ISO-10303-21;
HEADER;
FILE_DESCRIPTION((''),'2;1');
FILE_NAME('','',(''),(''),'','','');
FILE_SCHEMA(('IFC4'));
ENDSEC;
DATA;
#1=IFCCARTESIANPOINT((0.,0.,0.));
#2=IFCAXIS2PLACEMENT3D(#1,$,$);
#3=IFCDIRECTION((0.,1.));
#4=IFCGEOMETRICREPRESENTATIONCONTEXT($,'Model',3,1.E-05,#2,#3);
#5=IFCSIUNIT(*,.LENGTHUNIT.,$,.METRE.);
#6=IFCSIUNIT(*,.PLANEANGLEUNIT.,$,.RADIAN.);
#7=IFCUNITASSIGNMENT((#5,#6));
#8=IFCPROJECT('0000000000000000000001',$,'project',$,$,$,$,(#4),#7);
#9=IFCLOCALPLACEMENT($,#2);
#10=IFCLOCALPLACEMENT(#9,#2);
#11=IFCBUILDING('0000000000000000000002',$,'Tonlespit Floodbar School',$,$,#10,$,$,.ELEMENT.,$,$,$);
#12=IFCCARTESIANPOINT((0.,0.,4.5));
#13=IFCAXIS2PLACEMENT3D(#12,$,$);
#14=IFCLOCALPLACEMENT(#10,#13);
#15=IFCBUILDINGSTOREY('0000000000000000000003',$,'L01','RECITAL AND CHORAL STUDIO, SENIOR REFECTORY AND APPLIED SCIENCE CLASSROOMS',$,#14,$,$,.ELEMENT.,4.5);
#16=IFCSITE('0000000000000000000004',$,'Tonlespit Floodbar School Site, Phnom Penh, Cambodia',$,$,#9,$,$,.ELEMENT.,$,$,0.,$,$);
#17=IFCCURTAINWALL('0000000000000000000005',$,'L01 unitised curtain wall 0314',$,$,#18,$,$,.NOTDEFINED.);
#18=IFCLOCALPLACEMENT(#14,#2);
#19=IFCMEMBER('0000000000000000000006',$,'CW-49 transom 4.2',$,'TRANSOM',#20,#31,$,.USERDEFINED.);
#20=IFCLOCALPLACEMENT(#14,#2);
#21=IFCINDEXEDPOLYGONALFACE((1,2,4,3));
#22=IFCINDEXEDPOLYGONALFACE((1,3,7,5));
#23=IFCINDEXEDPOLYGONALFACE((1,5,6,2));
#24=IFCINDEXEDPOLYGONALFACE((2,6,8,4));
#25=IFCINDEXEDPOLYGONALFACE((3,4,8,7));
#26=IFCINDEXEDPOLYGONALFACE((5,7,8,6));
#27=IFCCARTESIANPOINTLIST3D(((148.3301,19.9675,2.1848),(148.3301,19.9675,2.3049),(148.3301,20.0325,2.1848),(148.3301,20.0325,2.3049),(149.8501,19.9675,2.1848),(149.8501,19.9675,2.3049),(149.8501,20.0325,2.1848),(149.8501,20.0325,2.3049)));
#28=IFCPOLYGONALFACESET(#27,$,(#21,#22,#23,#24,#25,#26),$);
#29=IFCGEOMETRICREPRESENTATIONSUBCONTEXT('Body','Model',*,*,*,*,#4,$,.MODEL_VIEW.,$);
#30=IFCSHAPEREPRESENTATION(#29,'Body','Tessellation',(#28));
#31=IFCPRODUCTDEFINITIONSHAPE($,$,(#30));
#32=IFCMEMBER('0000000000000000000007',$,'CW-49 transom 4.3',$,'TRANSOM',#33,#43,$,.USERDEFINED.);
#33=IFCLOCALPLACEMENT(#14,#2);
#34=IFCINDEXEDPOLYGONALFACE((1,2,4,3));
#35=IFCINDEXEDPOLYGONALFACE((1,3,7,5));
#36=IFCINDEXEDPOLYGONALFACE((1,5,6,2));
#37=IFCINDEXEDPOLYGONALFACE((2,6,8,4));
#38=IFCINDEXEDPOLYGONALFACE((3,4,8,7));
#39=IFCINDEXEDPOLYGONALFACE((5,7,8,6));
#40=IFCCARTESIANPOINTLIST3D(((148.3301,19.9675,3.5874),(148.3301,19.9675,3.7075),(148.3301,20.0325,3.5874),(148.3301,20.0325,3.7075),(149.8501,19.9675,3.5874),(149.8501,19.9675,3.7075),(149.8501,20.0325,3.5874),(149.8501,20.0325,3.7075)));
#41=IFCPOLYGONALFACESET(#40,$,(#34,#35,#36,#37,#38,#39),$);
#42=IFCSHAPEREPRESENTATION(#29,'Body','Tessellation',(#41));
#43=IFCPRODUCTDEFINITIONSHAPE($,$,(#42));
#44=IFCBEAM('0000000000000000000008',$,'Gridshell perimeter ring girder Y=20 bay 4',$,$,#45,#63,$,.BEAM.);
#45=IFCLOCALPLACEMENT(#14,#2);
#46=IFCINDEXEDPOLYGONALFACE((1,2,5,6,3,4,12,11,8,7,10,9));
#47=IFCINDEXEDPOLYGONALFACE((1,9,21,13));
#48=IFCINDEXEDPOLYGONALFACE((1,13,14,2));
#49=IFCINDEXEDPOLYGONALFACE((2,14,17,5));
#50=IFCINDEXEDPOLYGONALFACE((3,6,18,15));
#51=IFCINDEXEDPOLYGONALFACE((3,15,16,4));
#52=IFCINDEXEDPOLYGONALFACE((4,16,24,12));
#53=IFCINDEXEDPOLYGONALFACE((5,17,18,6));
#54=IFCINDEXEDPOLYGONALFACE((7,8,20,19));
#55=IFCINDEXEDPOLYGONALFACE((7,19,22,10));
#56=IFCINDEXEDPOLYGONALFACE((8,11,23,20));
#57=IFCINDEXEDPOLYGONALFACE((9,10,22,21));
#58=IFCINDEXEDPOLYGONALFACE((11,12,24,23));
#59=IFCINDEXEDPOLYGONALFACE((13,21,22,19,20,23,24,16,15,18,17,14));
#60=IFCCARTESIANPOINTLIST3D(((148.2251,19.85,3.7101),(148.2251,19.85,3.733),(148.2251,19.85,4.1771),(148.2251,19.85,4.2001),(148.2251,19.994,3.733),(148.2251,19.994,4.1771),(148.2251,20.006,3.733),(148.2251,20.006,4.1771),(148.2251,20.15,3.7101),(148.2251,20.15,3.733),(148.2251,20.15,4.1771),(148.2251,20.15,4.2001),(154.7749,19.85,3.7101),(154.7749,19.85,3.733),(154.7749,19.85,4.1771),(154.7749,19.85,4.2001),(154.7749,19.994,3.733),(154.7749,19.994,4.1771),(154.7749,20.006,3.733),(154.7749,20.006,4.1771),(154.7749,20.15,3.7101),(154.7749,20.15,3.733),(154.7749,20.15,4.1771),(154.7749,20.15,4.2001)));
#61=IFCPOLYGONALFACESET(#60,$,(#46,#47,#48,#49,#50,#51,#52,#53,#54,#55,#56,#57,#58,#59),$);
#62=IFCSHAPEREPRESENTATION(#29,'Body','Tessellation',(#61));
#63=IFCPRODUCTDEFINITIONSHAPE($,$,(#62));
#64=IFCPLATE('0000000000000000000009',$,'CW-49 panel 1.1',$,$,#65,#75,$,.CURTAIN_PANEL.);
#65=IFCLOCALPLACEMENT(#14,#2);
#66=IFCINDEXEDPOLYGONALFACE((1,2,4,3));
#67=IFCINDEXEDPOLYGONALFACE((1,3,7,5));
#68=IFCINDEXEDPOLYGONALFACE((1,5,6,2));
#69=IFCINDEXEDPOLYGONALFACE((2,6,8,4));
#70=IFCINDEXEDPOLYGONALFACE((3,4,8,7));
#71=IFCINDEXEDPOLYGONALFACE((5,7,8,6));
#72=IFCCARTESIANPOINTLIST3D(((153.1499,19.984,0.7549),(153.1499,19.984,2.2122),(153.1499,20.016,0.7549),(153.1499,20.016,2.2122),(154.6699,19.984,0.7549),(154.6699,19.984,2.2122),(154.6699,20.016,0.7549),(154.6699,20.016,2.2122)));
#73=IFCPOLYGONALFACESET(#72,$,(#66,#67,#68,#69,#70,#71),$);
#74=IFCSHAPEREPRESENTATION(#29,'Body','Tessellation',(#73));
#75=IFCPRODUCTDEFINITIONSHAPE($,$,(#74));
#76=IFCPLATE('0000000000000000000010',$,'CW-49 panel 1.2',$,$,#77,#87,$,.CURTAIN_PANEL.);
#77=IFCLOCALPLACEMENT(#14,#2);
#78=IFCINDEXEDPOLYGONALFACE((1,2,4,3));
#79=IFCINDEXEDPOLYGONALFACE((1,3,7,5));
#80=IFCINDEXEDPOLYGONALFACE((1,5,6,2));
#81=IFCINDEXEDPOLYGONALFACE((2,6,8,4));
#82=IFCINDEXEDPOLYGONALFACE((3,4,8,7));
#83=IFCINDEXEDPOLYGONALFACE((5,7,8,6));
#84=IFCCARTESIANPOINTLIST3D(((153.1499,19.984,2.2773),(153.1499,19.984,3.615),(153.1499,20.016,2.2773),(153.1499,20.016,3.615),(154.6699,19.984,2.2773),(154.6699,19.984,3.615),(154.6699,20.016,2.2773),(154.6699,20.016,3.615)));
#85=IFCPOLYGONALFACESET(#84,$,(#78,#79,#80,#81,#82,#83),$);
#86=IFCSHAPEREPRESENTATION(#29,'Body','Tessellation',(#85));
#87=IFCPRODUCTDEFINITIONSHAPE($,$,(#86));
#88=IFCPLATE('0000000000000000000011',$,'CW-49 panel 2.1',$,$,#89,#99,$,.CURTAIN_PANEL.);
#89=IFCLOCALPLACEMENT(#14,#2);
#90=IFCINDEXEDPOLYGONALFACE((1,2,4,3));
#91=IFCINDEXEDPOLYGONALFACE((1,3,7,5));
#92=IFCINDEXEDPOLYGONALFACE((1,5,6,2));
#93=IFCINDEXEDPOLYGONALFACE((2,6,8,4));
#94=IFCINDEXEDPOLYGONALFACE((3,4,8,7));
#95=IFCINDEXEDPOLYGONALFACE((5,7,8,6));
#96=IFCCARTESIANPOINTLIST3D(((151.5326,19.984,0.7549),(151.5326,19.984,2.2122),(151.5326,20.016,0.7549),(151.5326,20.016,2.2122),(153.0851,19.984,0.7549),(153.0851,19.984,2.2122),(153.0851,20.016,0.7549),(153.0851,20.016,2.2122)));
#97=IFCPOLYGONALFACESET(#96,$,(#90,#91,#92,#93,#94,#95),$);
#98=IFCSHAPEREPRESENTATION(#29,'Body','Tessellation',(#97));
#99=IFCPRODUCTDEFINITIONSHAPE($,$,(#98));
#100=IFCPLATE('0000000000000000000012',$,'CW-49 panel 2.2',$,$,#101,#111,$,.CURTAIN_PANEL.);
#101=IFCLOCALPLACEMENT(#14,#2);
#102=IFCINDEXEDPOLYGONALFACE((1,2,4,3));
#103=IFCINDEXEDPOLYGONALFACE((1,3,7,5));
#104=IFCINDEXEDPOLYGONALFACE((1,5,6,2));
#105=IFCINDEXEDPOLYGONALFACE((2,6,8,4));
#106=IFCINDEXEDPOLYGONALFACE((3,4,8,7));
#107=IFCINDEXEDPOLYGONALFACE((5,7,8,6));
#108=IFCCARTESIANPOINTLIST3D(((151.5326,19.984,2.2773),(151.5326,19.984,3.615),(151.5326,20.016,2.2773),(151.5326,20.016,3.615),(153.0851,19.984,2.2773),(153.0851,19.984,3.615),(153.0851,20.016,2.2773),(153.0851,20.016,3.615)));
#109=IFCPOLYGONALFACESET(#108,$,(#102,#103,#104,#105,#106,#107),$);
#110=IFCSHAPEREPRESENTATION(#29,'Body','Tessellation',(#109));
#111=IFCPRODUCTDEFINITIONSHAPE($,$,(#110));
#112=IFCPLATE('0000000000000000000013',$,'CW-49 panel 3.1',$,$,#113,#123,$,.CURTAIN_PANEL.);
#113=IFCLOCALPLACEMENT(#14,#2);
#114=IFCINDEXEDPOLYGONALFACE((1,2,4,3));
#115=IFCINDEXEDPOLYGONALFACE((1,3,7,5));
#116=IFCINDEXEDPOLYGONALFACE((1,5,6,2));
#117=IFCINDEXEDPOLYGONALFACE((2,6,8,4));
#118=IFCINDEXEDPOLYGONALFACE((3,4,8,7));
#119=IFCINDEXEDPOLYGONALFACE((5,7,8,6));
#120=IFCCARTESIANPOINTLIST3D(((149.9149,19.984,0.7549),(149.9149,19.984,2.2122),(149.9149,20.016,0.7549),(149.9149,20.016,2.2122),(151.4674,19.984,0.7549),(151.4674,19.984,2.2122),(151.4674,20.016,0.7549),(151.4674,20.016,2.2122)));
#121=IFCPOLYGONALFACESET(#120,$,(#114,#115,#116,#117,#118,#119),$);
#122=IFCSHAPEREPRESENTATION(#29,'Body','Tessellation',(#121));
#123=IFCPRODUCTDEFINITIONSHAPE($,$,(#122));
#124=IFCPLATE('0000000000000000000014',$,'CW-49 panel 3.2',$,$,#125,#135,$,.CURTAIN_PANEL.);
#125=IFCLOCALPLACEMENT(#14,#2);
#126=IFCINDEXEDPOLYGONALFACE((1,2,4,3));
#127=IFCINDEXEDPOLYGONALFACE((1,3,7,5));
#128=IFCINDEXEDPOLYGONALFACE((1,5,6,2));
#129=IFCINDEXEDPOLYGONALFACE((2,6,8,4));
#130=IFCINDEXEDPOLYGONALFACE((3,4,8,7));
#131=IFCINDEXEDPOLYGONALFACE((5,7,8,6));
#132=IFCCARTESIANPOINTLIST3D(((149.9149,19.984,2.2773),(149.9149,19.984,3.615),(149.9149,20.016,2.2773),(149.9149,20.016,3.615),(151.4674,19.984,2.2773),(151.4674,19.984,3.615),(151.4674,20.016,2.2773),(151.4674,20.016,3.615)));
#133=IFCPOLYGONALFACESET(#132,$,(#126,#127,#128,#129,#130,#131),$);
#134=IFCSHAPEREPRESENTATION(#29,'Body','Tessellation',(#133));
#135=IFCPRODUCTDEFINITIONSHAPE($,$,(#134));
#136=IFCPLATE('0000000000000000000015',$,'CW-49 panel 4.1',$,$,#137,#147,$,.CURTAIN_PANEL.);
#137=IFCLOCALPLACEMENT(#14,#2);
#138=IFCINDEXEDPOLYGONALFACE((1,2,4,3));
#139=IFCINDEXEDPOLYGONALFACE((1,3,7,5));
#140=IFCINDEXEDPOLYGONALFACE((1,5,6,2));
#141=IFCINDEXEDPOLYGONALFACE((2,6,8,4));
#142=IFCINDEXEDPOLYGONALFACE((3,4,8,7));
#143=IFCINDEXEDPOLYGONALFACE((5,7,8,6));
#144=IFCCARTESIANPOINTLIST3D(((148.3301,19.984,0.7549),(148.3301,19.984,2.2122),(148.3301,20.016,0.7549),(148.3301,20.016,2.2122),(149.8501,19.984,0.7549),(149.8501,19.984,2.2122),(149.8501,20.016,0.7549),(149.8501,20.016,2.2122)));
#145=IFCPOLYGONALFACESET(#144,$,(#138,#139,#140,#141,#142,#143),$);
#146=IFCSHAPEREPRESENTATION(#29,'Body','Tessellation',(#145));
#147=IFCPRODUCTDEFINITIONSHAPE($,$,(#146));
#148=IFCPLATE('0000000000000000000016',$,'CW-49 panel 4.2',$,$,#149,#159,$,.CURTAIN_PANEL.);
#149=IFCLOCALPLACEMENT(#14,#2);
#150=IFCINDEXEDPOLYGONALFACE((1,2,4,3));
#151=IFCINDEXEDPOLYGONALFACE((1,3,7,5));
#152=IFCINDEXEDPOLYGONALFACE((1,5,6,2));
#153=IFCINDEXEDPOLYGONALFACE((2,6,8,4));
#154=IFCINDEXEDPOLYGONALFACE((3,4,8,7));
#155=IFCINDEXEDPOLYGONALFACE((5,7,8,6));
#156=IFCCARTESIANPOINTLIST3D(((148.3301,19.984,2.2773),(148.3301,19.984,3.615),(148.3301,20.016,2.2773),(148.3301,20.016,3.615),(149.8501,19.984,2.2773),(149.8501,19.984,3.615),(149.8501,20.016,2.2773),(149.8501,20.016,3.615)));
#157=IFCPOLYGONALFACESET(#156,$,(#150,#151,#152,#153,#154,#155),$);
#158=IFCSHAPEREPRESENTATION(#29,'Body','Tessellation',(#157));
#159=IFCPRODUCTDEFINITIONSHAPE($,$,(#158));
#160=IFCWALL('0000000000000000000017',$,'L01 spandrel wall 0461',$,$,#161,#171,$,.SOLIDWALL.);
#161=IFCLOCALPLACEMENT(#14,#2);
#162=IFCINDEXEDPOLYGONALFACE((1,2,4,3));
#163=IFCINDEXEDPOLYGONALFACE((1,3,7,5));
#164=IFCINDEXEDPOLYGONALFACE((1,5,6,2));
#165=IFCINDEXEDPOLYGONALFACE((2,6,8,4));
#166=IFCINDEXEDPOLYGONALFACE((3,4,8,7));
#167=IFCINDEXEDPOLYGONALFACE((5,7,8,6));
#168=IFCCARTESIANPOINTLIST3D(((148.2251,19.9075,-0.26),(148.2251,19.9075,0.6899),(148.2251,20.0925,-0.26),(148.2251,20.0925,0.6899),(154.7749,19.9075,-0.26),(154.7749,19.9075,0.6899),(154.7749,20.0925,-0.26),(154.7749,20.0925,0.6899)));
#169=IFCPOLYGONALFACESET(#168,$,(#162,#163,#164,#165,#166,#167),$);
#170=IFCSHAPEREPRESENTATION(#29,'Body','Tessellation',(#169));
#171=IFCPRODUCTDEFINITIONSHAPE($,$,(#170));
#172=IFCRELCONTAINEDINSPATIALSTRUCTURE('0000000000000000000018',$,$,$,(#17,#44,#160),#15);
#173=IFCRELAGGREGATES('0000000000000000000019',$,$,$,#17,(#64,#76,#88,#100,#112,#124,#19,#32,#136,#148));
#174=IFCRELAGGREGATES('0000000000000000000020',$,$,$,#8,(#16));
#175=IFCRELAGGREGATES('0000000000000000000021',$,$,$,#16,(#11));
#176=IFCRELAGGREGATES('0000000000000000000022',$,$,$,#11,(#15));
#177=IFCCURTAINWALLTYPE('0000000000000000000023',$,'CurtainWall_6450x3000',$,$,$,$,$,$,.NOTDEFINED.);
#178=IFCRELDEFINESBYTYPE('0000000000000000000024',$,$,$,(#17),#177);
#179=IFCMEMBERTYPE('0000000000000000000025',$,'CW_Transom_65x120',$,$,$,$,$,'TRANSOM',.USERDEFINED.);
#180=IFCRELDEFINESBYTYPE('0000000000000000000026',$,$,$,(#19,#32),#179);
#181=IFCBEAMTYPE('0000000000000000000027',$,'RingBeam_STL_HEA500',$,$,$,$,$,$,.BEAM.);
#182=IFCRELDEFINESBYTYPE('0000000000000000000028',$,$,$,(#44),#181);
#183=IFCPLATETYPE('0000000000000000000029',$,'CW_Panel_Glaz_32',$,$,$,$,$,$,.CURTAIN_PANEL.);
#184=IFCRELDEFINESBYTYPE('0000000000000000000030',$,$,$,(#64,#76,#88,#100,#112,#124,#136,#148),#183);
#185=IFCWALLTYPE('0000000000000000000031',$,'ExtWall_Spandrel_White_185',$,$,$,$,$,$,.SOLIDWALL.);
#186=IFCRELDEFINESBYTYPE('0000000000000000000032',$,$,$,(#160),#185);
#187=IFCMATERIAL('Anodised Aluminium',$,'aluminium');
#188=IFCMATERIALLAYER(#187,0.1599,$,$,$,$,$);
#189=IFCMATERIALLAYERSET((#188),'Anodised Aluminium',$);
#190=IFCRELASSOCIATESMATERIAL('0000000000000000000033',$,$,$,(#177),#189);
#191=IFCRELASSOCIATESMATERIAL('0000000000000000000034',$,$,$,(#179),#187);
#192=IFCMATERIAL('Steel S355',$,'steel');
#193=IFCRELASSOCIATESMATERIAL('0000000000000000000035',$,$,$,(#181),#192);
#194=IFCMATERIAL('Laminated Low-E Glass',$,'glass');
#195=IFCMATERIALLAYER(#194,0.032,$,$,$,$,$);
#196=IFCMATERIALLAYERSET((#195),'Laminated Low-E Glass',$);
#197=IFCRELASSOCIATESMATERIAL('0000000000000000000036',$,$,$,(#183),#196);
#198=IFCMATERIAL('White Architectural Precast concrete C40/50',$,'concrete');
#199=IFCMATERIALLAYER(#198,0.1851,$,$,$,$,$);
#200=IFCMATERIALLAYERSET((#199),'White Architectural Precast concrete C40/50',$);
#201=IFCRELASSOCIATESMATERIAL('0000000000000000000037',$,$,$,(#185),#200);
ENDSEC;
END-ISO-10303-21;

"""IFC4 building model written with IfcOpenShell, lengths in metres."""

from ifc_helpers import new_model, si_unit, direction, frame, frame_2d, origin, origin_2d, place, context, subcontext, project, spatial, rectangle, i_section, extrude, material, layer, layer_set, material_profile, profile_set, type_object, element, aggregate, save


model = new_model("IFC4")

# Units and contexts
model_context = context("Model", 3, precision=1e-05, world=origin(), true_north=direction((0.0, 1.0)))
body_context = subcontext(model_context, "Body", "Model", "MODEL_VIEW")
ifc_project = project(units=[si_unit("LENGTHUNIT", "METRE"), si_unit("PLANEANGLEUNIT", "RADIAN")], contexts=[model_context])

# Site, building, storey
site_placement = place(None, origin())
site = spatial("IfcSite", under=ifc_project, at=site_placement, Name="Tonlespit Floodbar School Site, Phnom Penh, Cambodia", CompositionType="ELEMENT", RefElevation=0.0)
building_placement = place(site_placement, origin())
building = spatial("IfcBuilding", under=site, at=building_placement, Name="Tonlespit Floodbar School", CompositionType="ELEMENT")
storey_placement = place(building_placement, frame((0.0, 0.0, 4.5)))
storey = spatial("IfcBuildingStorey", under=building, at=storey_placement, Name="L01", Description="RECITAL AND CHORAL STUDIO, SENIOR REFECTORY AND APPLIED SCIENCE CLASSROOMS", CompositionType="ELEMENT", Elevation=4.5)

# Curtain wall, members
ifc_material_1 = material(Name="Anodised Aluminium", Category="aluminium")
ifc_layer_1 = layer(ifc_material_1, 0.1599)
ifc_layer_set_1 = layer_set([ifc_layer_1], Name="Anodised Aluminium")
curtain_wall_type = type_object("IfcCurtainWallType", Name="CurtainWall_6450x3000", PredefinedType="NOTDEFINED", material=ifc_layer_set_1)
curtain_wall_placement = place(storey_placement, origin())
curtain_wall = element("IfcCurtainWall", 1, at=curtain_wall_placement, inside=storey, type_object=curtain_wall_type, Name="L01 unitised curtain wall 0314", PredefinedType="NOTDEFINED")
ifc_material_profile_1 = material_profile(ifc_material_1, rectangle(XDim=0.0649, YDim=0.1201, at=origin_2d()), Name="ALU T65x120")
ifc_profile_set_1 = profile_set([ifc_material_profile_1], Name="Anodised Aluminium")
member_type_1 = type_object("IfcMemberType", Name="CW_Transom_65x120", ElementType="TRANSOM", PredefinedType="USERDEFINED", material=ifc_profile_set_1)
member_1_placement = place(storey_placement, frame((149.8501, 20.0, 2.2449), z_axis=(-1.0, 0.0, 0.0), x_axis=(0.0, -1.0, 0.0)))
member_1 = element("IfcMember", 2, at=member_1_placement, type_object=member_type_1, Name="CW-49 transom 4.2", ObjectType="TRANSOM", PredefinedType="USERDEFINED", context=body_context, shape_type="SweptSolid", body=[
    extrude(rectangle(XDim=0.0649, YDim=0.1201, at=origin_2d()), origin(), (0.0, 0.0, 1.0), 1.52),
])
member_2_placement = place(storey_placement, frame((149.8501, 20.0, 3.6475), z_axis=(-1.0, 0.0, 0.0), x_axis=(0.0, -1.0, 0.0)))
member_2 = element("IfcMember", 3, at=member_2_placement, type_object=member_type_1, Name="CW-49 transom 4.3", ObjectType="TRANSOM", PredefinedType="USERDEFINED", context=body_context, shape_type="SweptSolid", body=[
    extrude(rectangle(XDim=0.0649, YDim=0.1201, at=origin_2d()), origin(), (0.0, 0.0, 1.0), 1.52),
])

# Beam
ifc_material_2 = material(Name="Steel S355", Category="steel")
ifc_material_profile_2 = material_profile(ifc_material_2, i_section(OverallWidth=0.3, OverallDepth=0.49, WebThickness=0.012, FlangeThickness=0.0229, at=origin_2d()), Name="HEA 500")
ifc_profile_set_2 = profile_set([ifc_material_profile_2], Name="Steel S355")
beam_type = type_object("IfcBeamType", Name="RingBeam_STL_HEA500", PredefinedType="BEAM", material=ifc_profile_set_2)
beam_placement = place(storey_placement, frame((148.2251, 20.0, 3.9551), z_axis=(1.0, 0.0, 0.0), x_axis=(0.0, 1.0, 0.0)))
element("IfcBeam", 4, at=beam_placement, inside=storey, type_object=beam_type, Name="Gridshell perimeter ring girder Y=20 bay 4", PredefinedType="BEAM", context=body_context, shape_type="SweptSolid", body=[
    extrude(i_section(OverallWidth=0.3, OverallDepth=0.49, WebThickness=0.012, FlangeThickness=0.0229, at=origin_2d()), origin(), (0.0, 0.0, 1.0), 6.5498),
])

# Plates
ifc_material_3 = material(Name="Laminated Low-E Glass", Category="glass")
ifc_layer_2 = layer(ifc_material_3, 0.032)
ifc_layer_set_2 = layer_set([ifc_layer_2], Name="Laminated Low-E Glass")
plate_type = type_object("IfcPlateType", Name="CW_Panel_Glaz_32", PredefinedType="CURTAIN_PANEL", material=ifc_layer_set_2)
plate_1_placement = place(storey_placement, frame((153.9099, 20.0, 0.7549), z_axis=(0.0, 0.0, 1.0), x_axis=(-1.0, 0.0, 0.0)))
plate_1 = element("IfcPlate", 5, at=plate_1_placement, type_object=plate_type, Name="CW-49 panel 1.1", PredefinedType="CURTAIN_PANEL", context=body_context, shape_type="SweptSolid", body=[
    extrude(rectangle(XDim=1.52, YDim=0.032, at=origin_2d()), origin(), (0.0, 0.0, 1.0), 1.4573),
])
plate_2_placement = place(storey_placement, frame((153.9099, 20.0, 2.2773), z_axis=(0.0, 0.0, 1.0), x_axis=(-1.0, 0.0, 0.0)))
plate_2 = element("IfcPlate", 6, at=plate_2_placement, type_object=plate_type, Name="CW-49 panel 1.2", PredefinedType="CURTAIN_PANEL", context=body_context, shape_type="SweptSolid", body=[
    extrude(rectangle(XDim=1.52, YDim=0.032, at=origin_2d()), origin(), (0.0, 0.0, 1.0), 1.3376),
])
plate_3_placement = place(storey_placement, frame((152.3088, 20.0, 0.7549), z_axis=(0.0, 0.0, 1.0), x_axis=(-1.0, 0.0, 0.0)))
plate_3 = element("IfcPlate", 7, at=plate_3_placement, type_object=plate_type, Name="CW-49 panel 2.1", PredefinedType="CURTAIN_PANEL", context=body_context, shape_type="SweptSolid", body=[
    extrude(rectangle(XDim=1.5525, YDim=0.032, at=origin_2d()), origin(), (0.0, 0.0, 1.0), 1.4573),
])
plate_4_placement = place(storey_placement, frame((152.3088, 20.0, 2.2773), z_axis=(0.0, 0.0, 1.0), x_axis=(-1.0, 0.0, 0.0)))
plate_4 = element("IfcPlate", 8, at=plate_4_placement, type_object=plate_type, Name="CW-49 panel 2.2", PredefinedType="CURTAIN_PANEL", context=body_context, shape_type="SweptSolid", body=[
    extrude(rectangle(XDim=1.5525, YDim=0.032, at=origin_2d()), origin(), (0.0, 0.0, 1.0), 1.3376),
])
plate_5_placement = place(storey_placement, frame((150.6912, 20.0, 0.7549), z_axis=(0.0, 0.0, 1.0), x_axis=(-1.0, 0.0, 0.0)))
plate_5 = element("IfcPlate", 9, at=plate_5_placement, type_object=plate_type, Name="CW-49 panel 3.1", PredefinedType="CURTAIN_PANEL", context=body_context, shape_type="SweptSolid", body=[
    extrude(rectangle(XDim=1.5525, YDim=0.032, at=origin_2d()), origin(), (0.0, 0.0, 1.0), 1.4573),
])
plate_6_placement = place(storey_placement, frame((150.6912, 20.0, 2.2773), z_axis=(0.0, 0.0, 1.0), x_axis=(-1.0, 0.0, 0.0)))
plate_6 = element("IfcPlate", 10, at=plate_6_placement, type_object=plate_type, Name="CW-49 panel 3.2", PredefinedType="CURTAIN_PANEL", context=body_context, shape_type="SweptSolid", body=[
    extrude(rectangle(XDim=1.5525, YDim=0.032, at=origin_2d()), origin(), (0.0, 0.0, 1.0), 1.3376),
])
plate_7_placement = place(storey_placement, frame((149.0901, 20.0, 0.7549), z_axis=(0.0, 0.0, 1.0), x_axis=(-1.0, 0.0, 0.0)))
plate_7 = element("IfcPlate", 11, at=plate_7_placement, type_object=plate_type, Name="CW-49 panel 4.1", PredefinedType="CURTAIN_PANEL", context=body_context, shape_type="SweptSolid", body=[
    extrude(rectangle(XDim=1.52, YDim=0.032, at=origin_2d()), origin(), (0.0, 0.0, 1.0), 1.4573),
])
plate_8_placement = place(storey_placement, frame((149.0901, 20.0, 2.2773), z_axis=(0.0, 0.0, 1.0), x_axis=(-1.0, 0.0, 0.0)))
plate_8 = element("IfcPlate", 12, at=plate_8_placement, type_object=plate_type, Name="CW-49 panel 4.2", PredefinedType="CURTAIN_PANEL", context=body_context, shape_type="SweptSolid", body=[
    extrude(rectangle(XDim=1.52, YDim=0.032, at=origin_2d()), origin(), (0.0, 0.0, 1.0), 1.3376),
])
aggregate(curtain_wall, [plate_1, plate_2, plate_3, plate_4, plate_5, plate_6, member_1, member_2, plate_7, plate_8])

# Wall
ifc_material_4 = material(Name="White Architectural Precast concrete C40/50", Category="concrete")
ifc_layer_3 = layer(ifc_material_4, 0.1851)
ifc_layer_set_3 = layer_set([ifc_layer_3], Name="White Architectural Precast concrete C40/50")
wall_type = type_object("IfcWallType", Name="ExtWall_Spandrel_White_185", PredefinedType="SOLIDWALL", material=ifc_layer_set_3)
wall_placement = place(storey_placement, frame((154.7749, 20.0, -0.26), z_axis=(0.0, 0.0, 1.0), x_axis=(-1.0, 0.0, 0.0)))
element("IfcWall", 13, at=wall_placement, inside=storey, type_object=wall_type, Name="L01 spandrel wall 0461", PredefinedType="SOLIDWALL", context=body_context, shape_type="SweptSolid", body=[
    extrude(rectangle(XDim=6.5498, YDim=0.1851, at=frame_2d((3.2749, 0.0))), origin(), (0.0, 0.0, 1.0), 0.95),
])

save(model, "model.ifc")
